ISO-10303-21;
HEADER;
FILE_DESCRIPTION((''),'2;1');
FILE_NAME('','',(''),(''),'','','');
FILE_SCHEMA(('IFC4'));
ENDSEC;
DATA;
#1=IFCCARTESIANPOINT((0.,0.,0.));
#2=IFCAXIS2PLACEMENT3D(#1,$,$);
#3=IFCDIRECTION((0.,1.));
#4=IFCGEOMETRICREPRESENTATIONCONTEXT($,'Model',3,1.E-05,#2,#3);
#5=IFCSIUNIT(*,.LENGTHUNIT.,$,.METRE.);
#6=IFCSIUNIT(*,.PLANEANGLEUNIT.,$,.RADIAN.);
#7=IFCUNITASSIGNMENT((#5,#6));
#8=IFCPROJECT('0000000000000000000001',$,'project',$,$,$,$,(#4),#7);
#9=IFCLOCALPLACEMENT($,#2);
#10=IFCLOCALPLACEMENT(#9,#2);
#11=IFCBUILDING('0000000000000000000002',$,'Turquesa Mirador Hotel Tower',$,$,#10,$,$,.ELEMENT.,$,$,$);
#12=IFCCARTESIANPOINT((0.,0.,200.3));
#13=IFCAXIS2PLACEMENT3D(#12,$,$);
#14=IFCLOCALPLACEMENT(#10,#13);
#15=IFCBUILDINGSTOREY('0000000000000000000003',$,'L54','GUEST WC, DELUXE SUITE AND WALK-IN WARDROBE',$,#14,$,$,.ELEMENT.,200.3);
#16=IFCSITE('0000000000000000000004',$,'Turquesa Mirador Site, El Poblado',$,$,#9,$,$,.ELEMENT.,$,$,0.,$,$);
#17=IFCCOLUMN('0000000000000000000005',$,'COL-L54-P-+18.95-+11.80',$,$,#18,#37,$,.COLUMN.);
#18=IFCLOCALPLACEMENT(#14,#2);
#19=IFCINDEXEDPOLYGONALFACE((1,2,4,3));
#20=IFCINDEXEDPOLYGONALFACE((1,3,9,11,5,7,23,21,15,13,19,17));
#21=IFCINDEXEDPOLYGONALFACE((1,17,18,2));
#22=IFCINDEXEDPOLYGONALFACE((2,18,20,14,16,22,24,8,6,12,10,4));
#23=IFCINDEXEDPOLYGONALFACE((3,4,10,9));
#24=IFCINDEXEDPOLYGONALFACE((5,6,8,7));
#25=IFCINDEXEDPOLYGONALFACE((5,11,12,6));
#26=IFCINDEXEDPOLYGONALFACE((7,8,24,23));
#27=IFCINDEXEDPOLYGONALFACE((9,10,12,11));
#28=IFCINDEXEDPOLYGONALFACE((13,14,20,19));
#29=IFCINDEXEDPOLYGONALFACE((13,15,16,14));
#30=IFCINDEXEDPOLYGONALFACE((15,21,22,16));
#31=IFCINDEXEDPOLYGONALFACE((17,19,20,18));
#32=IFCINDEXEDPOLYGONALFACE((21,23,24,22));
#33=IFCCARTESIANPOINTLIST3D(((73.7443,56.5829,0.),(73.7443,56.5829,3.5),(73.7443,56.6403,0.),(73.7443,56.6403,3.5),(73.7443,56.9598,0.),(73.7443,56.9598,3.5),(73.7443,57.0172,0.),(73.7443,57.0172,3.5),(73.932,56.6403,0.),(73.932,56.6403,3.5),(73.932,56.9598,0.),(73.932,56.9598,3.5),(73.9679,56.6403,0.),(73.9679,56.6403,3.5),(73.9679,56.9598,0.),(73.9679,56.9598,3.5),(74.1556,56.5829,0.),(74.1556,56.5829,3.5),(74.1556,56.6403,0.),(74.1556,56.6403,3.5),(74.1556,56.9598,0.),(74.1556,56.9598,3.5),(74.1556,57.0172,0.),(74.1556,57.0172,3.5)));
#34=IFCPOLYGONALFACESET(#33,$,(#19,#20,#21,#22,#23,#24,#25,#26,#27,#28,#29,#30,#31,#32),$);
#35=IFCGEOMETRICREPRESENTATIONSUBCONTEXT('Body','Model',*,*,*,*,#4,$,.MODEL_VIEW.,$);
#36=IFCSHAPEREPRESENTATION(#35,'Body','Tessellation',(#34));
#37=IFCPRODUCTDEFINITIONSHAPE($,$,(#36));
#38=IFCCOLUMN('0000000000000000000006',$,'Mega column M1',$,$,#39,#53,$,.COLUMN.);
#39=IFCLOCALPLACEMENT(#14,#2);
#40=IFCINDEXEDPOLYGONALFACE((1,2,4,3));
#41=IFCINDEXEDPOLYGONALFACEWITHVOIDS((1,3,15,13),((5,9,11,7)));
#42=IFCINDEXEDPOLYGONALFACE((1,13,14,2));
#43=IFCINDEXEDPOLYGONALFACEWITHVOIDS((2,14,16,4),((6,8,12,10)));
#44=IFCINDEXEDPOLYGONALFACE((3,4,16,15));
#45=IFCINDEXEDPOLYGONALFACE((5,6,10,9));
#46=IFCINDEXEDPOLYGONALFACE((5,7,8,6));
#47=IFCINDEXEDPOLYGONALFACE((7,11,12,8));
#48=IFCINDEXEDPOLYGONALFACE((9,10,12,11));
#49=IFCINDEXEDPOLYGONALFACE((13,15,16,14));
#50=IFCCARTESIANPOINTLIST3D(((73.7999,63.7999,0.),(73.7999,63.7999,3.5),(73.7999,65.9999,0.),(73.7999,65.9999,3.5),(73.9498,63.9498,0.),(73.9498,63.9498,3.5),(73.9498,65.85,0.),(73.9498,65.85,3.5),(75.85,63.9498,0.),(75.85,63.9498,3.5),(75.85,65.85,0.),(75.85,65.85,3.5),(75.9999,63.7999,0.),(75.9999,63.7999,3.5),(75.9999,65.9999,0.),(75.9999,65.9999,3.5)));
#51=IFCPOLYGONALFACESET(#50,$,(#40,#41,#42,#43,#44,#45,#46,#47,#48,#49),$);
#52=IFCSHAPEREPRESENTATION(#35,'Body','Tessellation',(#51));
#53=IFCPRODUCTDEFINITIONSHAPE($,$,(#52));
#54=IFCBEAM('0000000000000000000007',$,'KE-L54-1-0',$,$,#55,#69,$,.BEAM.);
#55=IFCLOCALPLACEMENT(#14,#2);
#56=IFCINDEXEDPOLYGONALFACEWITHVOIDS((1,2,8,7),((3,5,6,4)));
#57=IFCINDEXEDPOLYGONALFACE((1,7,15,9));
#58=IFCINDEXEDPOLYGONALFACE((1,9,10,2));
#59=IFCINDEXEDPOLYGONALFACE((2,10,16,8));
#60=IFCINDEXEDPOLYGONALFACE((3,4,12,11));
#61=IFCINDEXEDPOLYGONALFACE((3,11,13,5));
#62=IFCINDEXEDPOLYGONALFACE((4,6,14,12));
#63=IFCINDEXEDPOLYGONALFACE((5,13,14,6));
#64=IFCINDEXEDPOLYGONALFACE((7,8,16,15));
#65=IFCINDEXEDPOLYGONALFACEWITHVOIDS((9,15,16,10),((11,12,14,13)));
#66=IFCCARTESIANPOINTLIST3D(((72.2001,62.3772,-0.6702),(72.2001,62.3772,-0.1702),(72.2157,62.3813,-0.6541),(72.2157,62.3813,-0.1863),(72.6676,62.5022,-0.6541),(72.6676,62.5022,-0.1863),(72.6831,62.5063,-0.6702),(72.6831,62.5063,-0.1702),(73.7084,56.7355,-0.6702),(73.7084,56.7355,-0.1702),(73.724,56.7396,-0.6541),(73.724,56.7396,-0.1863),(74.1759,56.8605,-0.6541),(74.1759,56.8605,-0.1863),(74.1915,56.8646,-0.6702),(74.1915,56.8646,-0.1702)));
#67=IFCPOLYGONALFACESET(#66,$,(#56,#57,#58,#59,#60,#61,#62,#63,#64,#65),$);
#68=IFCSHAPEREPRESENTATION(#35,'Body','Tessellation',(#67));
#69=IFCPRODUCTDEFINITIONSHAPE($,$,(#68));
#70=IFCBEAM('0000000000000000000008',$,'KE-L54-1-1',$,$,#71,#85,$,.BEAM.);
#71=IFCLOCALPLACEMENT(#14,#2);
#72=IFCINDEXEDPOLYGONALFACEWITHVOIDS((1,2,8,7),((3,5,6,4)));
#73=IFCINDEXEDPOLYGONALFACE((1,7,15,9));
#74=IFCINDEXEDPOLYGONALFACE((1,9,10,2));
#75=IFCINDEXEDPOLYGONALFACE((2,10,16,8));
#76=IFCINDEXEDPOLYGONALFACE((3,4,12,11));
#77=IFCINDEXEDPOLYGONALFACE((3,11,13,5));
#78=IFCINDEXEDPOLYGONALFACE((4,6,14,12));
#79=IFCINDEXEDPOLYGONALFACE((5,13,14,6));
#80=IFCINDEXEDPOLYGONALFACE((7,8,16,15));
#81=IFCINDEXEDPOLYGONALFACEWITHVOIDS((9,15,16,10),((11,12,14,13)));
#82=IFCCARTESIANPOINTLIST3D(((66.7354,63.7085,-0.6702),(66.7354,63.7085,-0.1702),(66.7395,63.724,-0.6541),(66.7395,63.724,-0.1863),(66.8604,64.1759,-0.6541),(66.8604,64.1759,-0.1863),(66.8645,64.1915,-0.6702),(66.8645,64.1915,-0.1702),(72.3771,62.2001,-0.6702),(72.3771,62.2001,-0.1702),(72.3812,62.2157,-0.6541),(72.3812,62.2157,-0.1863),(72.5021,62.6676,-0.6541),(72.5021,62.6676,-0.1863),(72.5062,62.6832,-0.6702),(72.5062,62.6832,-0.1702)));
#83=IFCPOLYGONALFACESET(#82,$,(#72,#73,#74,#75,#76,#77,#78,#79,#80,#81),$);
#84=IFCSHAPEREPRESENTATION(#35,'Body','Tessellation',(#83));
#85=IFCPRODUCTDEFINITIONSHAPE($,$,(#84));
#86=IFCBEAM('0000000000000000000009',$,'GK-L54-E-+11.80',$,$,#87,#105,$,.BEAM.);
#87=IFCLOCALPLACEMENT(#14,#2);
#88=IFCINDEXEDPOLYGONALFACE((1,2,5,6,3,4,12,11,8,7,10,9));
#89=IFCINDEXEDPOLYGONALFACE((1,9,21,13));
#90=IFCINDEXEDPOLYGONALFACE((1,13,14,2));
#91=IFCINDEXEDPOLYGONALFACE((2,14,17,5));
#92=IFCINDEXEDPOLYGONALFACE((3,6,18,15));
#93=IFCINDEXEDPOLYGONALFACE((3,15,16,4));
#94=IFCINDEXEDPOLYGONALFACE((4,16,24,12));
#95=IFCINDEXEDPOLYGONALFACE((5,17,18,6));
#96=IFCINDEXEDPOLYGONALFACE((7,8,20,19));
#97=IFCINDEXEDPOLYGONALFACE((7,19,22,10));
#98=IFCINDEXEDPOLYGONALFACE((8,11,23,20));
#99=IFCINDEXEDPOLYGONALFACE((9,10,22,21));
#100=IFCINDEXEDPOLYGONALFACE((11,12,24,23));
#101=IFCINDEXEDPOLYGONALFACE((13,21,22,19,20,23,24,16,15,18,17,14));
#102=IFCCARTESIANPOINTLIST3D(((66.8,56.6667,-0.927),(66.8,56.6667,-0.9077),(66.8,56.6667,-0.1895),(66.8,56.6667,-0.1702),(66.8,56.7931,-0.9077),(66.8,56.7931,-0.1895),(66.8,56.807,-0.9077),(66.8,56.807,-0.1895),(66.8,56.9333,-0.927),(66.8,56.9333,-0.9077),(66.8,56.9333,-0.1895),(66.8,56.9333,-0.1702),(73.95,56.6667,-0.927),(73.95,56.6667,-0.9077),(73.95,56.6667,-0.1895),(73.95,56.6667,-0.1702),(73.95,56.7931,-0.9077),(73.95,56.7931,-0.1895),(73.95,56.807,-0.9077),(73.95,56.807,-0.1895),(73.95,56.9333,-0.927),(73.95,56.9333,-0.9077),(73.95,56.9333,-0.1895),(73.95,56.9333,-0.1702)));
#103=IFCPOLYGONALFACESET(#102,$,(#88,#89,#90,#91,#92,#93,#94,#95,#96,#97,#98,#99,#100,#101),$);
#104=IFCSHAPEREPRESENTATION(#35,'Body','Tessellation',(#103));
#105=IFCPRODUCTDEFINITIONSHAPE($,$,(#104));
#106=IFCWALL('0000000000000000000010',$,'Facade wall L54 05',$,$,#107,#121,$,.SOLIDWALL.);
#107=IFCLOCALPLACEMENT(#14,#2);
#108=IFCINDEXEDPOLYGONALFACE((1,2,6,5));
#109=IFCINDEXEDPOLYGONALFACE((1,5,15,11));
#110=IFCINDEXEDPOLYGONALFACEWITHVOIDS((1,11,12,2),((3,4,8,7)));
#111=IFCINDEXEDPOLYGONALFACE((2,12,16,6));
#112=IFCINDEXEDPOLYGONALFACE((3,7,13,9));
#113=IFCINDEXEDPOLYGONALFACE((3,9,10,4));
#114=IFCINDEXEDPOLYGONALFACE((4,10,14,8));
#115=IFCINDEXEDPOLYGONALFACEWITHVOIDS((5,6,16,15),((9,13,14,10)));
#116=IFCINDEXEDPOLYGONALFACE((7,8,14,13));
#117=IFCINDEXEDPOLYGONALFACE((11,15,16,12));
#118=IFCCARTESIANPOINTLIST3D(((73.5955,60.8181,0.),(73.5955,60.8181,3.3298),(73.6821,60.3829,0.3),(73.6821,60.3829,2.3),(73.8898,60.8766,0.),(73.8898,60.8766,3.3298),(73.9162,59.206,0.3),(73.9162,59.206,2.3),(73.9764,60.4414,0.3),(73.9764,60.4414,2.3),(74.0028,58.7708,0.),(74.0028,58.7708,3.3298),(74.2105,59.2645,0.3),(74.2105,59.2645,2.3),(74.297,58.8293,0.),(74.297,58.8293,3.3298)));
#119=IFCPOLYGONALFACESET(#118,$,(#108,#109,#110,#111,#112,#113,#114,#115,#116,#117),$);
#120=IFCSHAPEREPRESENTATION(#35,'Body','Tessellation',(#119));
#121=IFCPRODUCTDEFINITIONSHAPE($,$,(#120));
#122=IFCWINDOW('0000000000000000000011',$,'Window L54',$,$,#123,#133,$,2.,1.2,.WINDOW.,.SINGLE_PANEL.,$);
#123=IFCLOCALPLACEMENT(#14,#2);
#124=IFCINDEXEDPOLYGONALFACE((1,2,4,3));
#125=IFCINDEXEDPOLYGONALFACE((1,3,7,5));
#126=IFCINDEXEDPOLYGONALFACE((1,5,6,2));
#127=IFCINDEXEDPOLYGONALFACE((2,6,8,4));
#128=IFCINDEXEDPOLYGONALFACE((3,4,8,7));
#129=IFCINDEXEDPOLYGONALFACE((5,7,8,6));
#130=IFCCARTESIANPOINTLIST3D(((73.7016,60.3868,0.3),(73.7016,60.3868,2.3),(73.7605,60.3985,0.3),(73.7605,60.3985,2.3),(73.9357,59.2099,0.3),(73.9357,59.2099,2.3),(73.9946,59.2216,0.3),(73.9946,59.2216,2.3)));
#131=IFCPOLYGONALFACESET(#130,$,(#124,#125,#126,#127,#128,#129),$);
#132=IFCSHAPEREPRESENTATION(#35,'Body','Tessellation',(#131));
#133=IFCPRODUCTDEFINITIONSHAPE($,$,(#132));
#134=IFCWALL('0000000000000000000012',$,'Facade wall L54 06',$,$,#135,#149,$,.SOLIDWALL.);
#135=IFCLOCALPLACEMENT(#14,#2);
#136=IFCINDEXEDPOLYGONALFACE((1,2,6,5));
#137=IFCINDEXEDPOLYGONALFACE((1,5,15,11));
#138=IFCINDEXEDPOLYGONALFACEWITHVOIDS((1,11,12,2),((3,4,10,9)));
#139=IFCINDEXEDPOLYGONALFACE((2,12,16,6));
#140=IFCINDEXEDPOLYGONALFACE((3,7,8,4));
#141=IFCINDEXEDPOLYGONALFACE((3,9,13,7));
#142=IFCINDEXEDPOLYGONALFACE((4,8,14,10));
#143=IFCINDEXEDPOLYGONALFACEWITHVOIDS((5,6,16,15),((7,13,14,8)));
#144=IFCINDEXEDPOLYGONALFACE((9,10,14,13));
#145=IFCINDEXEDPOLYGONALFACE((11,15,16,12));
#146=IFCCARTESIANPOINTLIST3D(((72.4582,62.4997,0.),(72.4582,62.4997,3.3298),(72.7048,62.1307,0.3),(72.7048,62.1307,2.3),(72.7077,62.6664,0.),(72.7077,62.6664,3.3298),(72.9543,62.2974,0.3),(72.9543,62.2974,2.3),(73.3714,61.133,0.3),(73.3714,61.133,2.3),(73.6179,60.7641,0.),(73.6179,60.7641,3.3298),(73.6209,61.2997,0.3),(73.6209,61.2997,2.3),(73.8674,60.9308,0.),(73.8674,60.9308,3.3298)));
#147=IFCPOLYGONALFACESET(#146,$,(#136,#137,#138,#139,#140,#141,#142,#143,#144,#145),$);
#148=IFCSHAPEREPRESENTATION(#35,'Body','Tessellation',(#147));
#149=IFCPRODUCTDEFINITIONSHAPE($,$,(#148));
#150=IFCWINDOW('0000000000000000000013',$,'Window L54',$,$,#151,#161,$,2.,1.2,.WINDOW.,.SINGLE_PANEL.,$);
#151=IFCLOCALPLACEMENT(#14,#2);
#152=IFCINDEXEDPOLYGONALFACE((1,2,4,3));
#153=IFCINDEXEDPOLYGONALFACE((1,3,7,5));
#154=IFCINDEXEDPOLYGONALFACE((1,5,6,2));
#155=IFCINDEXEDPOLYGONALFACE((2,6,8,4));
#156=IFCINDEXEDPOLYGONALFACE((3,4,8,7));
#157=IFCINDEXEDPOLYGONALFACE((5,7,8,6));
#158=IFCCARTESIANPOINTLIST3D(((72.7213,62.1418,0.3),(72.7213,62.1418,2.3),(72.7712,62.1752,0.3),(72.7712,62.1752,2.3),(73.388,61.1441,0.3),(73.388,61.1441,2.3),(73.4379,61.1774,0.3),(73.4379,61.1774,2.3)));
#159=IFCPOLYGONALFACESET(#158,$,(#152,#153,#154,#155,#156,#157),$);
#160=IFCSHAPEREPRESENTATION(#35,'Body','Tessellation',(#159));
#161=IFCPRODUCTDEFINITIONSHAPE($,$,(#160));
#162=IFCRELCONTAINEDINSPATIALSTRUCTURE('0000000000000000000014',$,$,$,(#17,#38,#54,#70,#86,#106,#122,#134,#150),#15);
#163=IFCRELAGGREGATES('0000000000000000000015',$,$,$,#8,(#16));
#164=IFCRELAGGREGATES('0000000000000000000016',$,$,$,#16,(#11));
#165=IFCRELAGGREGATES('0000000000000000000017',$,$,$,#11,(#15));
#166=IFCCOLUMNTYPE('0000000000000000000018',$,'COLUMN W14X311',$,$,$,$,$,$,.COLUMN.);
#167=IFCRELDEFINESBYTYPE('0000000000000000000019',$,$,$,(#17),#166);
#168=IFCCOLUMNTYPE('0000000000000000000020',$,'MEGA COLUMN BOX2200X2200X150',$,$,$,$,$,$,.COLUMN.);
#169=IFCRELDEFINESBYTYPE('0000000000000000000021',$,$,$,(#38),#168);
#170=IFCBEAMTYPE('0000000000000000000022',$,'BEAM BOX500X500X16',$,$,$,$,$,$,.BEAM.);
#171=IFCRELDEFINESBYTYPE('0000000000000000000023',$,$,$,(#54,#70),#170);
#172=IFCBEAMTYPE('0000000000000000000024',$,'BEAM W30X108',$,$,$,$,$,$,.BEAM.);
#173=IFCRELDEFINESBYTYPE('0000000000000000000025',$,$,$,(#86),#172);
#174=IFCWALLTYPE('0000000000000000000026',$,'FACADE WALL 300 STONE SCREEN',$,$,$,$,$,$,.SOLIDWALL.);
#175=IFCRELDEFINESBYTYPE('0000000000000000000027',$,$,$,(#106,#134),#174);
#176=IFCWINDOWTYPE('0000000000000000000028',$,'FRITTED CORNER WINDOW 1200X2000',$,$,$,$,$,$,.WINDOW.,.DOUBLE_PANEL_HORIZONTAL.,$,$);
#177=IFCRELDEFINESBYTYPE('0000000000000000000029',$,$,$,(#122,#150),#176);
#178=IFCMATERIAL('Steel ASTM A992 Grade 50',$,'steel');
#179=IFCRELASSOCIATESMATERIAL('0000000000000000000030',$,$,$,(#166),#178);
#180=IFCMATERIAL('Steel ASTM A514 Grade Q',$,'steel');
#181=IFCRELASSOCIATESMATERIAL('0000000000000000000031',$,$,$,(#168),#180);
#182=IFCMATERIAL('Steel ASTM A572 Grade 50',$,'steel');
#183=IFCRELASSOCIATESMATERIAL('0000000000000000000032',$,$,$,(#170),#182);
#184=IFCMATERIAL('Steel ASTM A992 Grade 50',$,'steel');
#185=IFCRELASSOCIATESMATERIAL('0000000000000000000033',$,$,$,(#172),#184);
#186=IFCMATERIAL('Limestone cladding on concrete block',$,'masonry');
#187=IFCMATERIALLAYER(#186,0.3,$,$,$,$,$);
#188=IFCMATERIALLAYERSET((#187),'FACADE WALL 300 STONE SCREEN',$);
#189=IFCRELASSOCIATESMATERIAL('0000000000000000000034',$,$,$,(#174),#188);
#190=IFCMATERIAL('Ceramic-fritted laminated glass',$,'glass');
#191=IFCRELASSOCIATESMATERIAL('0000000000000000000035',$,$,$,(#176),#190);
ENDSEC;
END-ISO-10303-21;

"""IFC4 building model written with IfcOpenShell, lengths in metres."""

from ifc_helpers import new_model, si_unit, direction, frame, frame_2d, origin, origin_2d, place, context, subcontext, project, spatial, rectangle, hollow_rectangle, i_section, extrude, material, layer, layer_set, material_profile, profile_set, type_object, element, fill, save


model = new_model("IFC4")

# Units and contexts
model_context = context("Model", 3, precision=1e-05, world=origin(), true_north=direction((0.0, 1.0)))
body_context = subcontext(model_context, "Body", "Model", "MODEL_VIEW")
ifc_project = project(units=[si_unit("LENGTHUNIT", "METRE"), si_unit("PLANEANGLEUNIT", "RADIAN")], contexts=[model_context])

# Site, building, storey
site_placement = place(None, origin())
site = spatial("IfcSite", under=ifc_project, at=site_placement, Name="Turquesa Mirador Site, El Poblado", CompositionType="ELEMENT", RefElevation=0.0)
building_placement = place(site_placement, origin())
building = spatial("IfcBuilding", under=site, at=building_placement, Name="Turquesa Mirador Hotel Tower", CompositionType="ELEMENT")
storey_placement = place(building_placement, frame((0.0, 0.0, 200.3)))
storey = spatial("IfcBuildingStorey", under=building, at=storey_placement, Name="L54", Description="GUEST WC, DELUXE SUITE AND WALK-IN WARDROBE", CompositionType="ELEMENT", Elevation=200.3)

# Columns
ifc_material_1 = material(Name="Steel ASTM A992 Grade 50", Category="steel")
ifc_material_profile_1 = material_profile(ifc_material_1, i_section(OverallWidth=0.4114, OverallDepth=0.4343, WebThickness=0.0359, FlangeThickness=0.0574, at=origin_2d()), Name="W14X311")
ifc_profile_set_1 = profile_set([ifc_material_profile_1], Name="Steel ASTM A992 Grade 50")
column_type_1 = type_object("IfcColumnType", Name="COLUMN W14X311", PredefinedType="COLUMN", material=ifc_profile_set_1)
column_1_placement = place(storey_placement, frame((73.95, 56.8, 0.0), z_axis=(0.0, 0.0, 1.0), x_axis=(1.0, 0.0, 0.0)))
element("IfcColumn", 1, at=column_1_placement, inside=storey, type_object=column_type_1, Name="COL-L54-P-+18.95-+11.80", PredefinedType="COLUMN", context=body_context, shape_type="SweptSolid", body=[
    extrude(i_section(OverallWidth=0.4114, OverallDepth=0.4343, WebThickness=0.0359, FlangeThickness=0.0574, at=origin_2d()), origin(), (0.0, 0.0, 1.0), 3.5),
])
ifc_material_2 = material(Name="Steel ASTM A514 Grade Q", Category="steel")
ifc_material_profile_2 = material_profile(ifc_material_2, hollow_rectangle(XDim=2.2, YDim=2.2, WallThickness=0.1499, at=origin_2d()), Name="BOX2200X2200X150")
ifc_profile_set_2 = profile_set([ifc_material_profile_2], Name="Steel ASTM A514 Grade Q")
column_type_2 = type_object("IfcColumnType", Name="MEGA COLUMN BOX2200X2200X150", PredefinedType="COLUMN", material=ifc_profile_set_2)
column_2_placement = place(storey_placement, frame((74.8999, 64.8999, 0.0), z_axis=(0.0, 0.0, 1.0), x_axis=(1.0, 0.0, 0.0)))
element("IfcColumn", 2, at=column_2_placement, inside=storey, type_object=column_type_2, Name="Mega column M1", PredefinedType="COLUMN", context=body_context, shape_type="SweptSolid", body=[
    extrude(hollow_rectangle(XDim=2.2, YDim=2.2, WallThickness=0.1499, at=origin_2d()), origin(), (0.0, 0.0, 1.0), 3.5),
])

# Beams
ifc_material_3 = material(Name="Steel ASTM A572 Grade 50", Category="steel")
ifc_material_profile_3 = material_profile(ifc_material_3, hollow_rectangle(XDim=0.5, YDim=0.5, WallThickness=0.0161, at=origin_2d()), Name="BOX500X500X16")
ifc_profile_set_3 = profile_set([ifc_material_profile_3], Name="Steel ASTM A572 Grade 50")
beam_type_1 = type_object("IfcBeamType", Name="BEAM BOX500X500X16", PredefinedType="BEAM", material=ifc_profile_set_3)
for number, where, z_axis, x_axis, name in (
    (3, (73.95, 56.8, -0.4202), (-0.258282, 0.96607, 0.0), (-0.96607, -0.258282, 0.0), "KE-L54-1-0"),
    (4, (72.4417, 62.4417, -0.4202), (-0.96607, 0.258282, 0.0), (-0.258282, -0.96607, 0.0), "KE-L54-1-1"),
):
    element("IfcBeam", number, at=place(storey_placement, frame(where, z_axis=z_axis, x_axis=x_axis)), inside=storey, type_object=beam_type_1, Name=name, PredefinedType="BEAM", context=body_context, shape_type="SweptSolid", body=[
        extrude(hollow_rectangle(XDim=0.5, YDim=0.5, WallThickness=0.0161, at=origin_2d()), origin(), (0.0, 0.0, 1.0), 5.8398),
    ])
ifc_material_4 = material(Name="Steel ASTM A992 Grade 50", Category="steel")
ifc_material_profile_4 = material_profile(ifc_material_4, i_section(OverallWidth=0.2666, OverallDepth=0.7568, WebThickness=0.0139, FlangeThickness=0.0193, at=origin_2d()), Name="W30X108")
ifc_profile_set_4 = profile_set([ifc_material_profile_4], Name="Steel ASTM A992 Grade 50")
beam_type_2 = type_object("IfcBeamType", Name="BEAM W30X108", PredefinedType="BEAM", material=ifc_profile_set_4)
beam_placement = place(storey_placement, frame((73.95, 56.8, -0.5486), z_axis=(-1.0, 0.0, 0.0), x_axis=(0.0, -1.0, 0.0)))
element("IfcBeam", 5, at=beam_placement, inside=storey, type_object=beam_type_2, Name="GK-L54-E-+11.80", PredefinedType="BEAM", context=body_context, shape_type="SweptSolid", body=[
    extrude(i_section(OverallWidth=0.2666, OverallDepth=0.7568, WebThickness=0.0139, FlangeThickness=0.0193, at=origin_2d()), origin(), (0.0, 0.0, 1.0), 7.1499),
])

# Walls, openings, windows
ifc_material_5 = material(Name="Limestone cladding on concrete block", Category="masonry")
ifc_layer = layer(ifc_material_5, 0.3)
ifc_layer_set = layer_set([ifc_layer], Name="FACADE WALL 300 STONE SCREEN")
wall_type = type_object("IfcWallType", Name="FACADE WALL 300 STONE SCREEN", PredefinedType="SOLIDWALL", material=ifc_layer_set)
wall_1_placement = place(storey_placement, frame((74.1499, 58.8, 0.0), z_axis=(0.0, 0.0, 1.0), x_axis=(-0.195081, 0.980787, 0.0)))
wall_1 = element("IfcWall", 6, at=wall_1_placement, inside=storey, type_object=wall_type, Name="Facade wall L54 05", PredefinedType="SOLIDWALL", context=body_context, shape_type="SweptSolid", body=[
    extrude(rectangle(XDim=2.0874, YDim=0.3, at=frame_2d((1.0437, 0.0))), origin(), (0.0, 0.0, 1.0), 3.3298),
])
opening_1_placement = place(wall_1_placement, frame((0.4436, 0.0, 0.3)))
opening_1 = element("IfcOpeningElement", 7, at=opening_1_placement, cuts=wall_1, PredefinedType="OPENING", context=body_context, shape_type="SweptSolid", body=[
    extrude(rectangle(XDim=1.2, YDim=2.0, at=frame_2d((0.6001, 1.0))), frame((0.0, 0.1599, 0.0), z_axis=(0.0, -1.0, 0.0), x_axis=(1.0, 0.0, 0.0)), (0.0, 0.0, 1.0), 0.3201),
])
ifc_material_6 = material(Name="Ceramic-fritted laminated glass", Category="glass")
window_type = type_object("IfcWindowType", Name="FRITTED CORNER WINDOW 1200X2000", PartitioningType="DOUBLE_PANEL_HORIZONTAL", PredefinedType="WINDOW", material=ifc_material_6)
window_1_placement = place(opening_1_placement, origin())
window_1 = element("IfcWindow", 8, at=window_1_placement, inside=storey, type_object=window_type, Name="Window L54", OverallHeight=2.0, OverallWidth=1.2, PartitioningType="SINGLE_PANEL", PredefinedType="WINDOW", context=body_context, shape_type="SweptSolid", body=[
    extrude(rectangle(XDim=1.2, YDim=2.0, at=frame_2d((0.6001, 1.0))), frame((0.0, 0.1301, 0.0), z_axis=(0.0, -1.0, 0.0), x_axis=(1.0, 0.0, 0.0)), (0.0, 0.0, 1.0), 0.0601),
])
fill(opening_1, window_1)
wall_2_placement = place(storey_placement, frame((73.7427, 60.8474, 0.0), z_axis=(0.0, 0.0, 1.0), x_axis=(-0.555564, 0.831474, 0.0)))
wall_2 = element("IfcWall", 9, at=wall_2_placement, inside=storey, type_object=wall_type, Name="Facade wall L54 06", PredefinedType="SOLIDWALL", context=body_context, shape_type="SweptSolid", body=[
    extrude(rectangle(XDim=2.0874, YDim=0.3, at=frame_2d((1.0437, 0.0))), origin(), (0.0, 0.0, 1.0), 3.3298),
])
opening_2_placement = place(wall_2_placement, frame((0.4436, 0.0, 0.3)))
opening_2 = element("IfcOpeningElement", 10, at=opening_2_placement, cuts=wall_2, PredefinedType="OPENING", context=body_context, shape_type="SweptSolid", body=[
    extrude(rectangle(XDim=1.2, YDim=2.0, at=frame_2d((0.6001, 1.0))), frame((0.0, 0.1599, 0.0), z_axis=(0.0, -1.0, 0.0), x_axis=(1.0, 0.0, 0.0)), (0.0, 0.0, 1.0), 0.3201),
])
window_2_placement = place(opening_2_placement, origin())
window_2 = element("IfcWindow", 11, at=window_2_placement, inside=storey, type_object=window_type, Name="Window L54", OverallHeight=2.0, OverallWidth=1.2, PartitioningType="SINGLE_PANEL", PredefinedType="WINDOW", context=body_context, shape_type="SweptSolid", body=[
    extrude(rectangle(XDim=1.2, YDim=2.0, at=frame_2d((0.6001, 1.0))), frame((0.0, 0.1301, 0.0), z_axis=(0.0, -1.0, 0.0), x_axis=(1.0, 0.0, 0.0)), (0.0, 0.0, 1.0), 0.0601),
])
fill(opening_2, window_2)

save(model, "model.ifc")
